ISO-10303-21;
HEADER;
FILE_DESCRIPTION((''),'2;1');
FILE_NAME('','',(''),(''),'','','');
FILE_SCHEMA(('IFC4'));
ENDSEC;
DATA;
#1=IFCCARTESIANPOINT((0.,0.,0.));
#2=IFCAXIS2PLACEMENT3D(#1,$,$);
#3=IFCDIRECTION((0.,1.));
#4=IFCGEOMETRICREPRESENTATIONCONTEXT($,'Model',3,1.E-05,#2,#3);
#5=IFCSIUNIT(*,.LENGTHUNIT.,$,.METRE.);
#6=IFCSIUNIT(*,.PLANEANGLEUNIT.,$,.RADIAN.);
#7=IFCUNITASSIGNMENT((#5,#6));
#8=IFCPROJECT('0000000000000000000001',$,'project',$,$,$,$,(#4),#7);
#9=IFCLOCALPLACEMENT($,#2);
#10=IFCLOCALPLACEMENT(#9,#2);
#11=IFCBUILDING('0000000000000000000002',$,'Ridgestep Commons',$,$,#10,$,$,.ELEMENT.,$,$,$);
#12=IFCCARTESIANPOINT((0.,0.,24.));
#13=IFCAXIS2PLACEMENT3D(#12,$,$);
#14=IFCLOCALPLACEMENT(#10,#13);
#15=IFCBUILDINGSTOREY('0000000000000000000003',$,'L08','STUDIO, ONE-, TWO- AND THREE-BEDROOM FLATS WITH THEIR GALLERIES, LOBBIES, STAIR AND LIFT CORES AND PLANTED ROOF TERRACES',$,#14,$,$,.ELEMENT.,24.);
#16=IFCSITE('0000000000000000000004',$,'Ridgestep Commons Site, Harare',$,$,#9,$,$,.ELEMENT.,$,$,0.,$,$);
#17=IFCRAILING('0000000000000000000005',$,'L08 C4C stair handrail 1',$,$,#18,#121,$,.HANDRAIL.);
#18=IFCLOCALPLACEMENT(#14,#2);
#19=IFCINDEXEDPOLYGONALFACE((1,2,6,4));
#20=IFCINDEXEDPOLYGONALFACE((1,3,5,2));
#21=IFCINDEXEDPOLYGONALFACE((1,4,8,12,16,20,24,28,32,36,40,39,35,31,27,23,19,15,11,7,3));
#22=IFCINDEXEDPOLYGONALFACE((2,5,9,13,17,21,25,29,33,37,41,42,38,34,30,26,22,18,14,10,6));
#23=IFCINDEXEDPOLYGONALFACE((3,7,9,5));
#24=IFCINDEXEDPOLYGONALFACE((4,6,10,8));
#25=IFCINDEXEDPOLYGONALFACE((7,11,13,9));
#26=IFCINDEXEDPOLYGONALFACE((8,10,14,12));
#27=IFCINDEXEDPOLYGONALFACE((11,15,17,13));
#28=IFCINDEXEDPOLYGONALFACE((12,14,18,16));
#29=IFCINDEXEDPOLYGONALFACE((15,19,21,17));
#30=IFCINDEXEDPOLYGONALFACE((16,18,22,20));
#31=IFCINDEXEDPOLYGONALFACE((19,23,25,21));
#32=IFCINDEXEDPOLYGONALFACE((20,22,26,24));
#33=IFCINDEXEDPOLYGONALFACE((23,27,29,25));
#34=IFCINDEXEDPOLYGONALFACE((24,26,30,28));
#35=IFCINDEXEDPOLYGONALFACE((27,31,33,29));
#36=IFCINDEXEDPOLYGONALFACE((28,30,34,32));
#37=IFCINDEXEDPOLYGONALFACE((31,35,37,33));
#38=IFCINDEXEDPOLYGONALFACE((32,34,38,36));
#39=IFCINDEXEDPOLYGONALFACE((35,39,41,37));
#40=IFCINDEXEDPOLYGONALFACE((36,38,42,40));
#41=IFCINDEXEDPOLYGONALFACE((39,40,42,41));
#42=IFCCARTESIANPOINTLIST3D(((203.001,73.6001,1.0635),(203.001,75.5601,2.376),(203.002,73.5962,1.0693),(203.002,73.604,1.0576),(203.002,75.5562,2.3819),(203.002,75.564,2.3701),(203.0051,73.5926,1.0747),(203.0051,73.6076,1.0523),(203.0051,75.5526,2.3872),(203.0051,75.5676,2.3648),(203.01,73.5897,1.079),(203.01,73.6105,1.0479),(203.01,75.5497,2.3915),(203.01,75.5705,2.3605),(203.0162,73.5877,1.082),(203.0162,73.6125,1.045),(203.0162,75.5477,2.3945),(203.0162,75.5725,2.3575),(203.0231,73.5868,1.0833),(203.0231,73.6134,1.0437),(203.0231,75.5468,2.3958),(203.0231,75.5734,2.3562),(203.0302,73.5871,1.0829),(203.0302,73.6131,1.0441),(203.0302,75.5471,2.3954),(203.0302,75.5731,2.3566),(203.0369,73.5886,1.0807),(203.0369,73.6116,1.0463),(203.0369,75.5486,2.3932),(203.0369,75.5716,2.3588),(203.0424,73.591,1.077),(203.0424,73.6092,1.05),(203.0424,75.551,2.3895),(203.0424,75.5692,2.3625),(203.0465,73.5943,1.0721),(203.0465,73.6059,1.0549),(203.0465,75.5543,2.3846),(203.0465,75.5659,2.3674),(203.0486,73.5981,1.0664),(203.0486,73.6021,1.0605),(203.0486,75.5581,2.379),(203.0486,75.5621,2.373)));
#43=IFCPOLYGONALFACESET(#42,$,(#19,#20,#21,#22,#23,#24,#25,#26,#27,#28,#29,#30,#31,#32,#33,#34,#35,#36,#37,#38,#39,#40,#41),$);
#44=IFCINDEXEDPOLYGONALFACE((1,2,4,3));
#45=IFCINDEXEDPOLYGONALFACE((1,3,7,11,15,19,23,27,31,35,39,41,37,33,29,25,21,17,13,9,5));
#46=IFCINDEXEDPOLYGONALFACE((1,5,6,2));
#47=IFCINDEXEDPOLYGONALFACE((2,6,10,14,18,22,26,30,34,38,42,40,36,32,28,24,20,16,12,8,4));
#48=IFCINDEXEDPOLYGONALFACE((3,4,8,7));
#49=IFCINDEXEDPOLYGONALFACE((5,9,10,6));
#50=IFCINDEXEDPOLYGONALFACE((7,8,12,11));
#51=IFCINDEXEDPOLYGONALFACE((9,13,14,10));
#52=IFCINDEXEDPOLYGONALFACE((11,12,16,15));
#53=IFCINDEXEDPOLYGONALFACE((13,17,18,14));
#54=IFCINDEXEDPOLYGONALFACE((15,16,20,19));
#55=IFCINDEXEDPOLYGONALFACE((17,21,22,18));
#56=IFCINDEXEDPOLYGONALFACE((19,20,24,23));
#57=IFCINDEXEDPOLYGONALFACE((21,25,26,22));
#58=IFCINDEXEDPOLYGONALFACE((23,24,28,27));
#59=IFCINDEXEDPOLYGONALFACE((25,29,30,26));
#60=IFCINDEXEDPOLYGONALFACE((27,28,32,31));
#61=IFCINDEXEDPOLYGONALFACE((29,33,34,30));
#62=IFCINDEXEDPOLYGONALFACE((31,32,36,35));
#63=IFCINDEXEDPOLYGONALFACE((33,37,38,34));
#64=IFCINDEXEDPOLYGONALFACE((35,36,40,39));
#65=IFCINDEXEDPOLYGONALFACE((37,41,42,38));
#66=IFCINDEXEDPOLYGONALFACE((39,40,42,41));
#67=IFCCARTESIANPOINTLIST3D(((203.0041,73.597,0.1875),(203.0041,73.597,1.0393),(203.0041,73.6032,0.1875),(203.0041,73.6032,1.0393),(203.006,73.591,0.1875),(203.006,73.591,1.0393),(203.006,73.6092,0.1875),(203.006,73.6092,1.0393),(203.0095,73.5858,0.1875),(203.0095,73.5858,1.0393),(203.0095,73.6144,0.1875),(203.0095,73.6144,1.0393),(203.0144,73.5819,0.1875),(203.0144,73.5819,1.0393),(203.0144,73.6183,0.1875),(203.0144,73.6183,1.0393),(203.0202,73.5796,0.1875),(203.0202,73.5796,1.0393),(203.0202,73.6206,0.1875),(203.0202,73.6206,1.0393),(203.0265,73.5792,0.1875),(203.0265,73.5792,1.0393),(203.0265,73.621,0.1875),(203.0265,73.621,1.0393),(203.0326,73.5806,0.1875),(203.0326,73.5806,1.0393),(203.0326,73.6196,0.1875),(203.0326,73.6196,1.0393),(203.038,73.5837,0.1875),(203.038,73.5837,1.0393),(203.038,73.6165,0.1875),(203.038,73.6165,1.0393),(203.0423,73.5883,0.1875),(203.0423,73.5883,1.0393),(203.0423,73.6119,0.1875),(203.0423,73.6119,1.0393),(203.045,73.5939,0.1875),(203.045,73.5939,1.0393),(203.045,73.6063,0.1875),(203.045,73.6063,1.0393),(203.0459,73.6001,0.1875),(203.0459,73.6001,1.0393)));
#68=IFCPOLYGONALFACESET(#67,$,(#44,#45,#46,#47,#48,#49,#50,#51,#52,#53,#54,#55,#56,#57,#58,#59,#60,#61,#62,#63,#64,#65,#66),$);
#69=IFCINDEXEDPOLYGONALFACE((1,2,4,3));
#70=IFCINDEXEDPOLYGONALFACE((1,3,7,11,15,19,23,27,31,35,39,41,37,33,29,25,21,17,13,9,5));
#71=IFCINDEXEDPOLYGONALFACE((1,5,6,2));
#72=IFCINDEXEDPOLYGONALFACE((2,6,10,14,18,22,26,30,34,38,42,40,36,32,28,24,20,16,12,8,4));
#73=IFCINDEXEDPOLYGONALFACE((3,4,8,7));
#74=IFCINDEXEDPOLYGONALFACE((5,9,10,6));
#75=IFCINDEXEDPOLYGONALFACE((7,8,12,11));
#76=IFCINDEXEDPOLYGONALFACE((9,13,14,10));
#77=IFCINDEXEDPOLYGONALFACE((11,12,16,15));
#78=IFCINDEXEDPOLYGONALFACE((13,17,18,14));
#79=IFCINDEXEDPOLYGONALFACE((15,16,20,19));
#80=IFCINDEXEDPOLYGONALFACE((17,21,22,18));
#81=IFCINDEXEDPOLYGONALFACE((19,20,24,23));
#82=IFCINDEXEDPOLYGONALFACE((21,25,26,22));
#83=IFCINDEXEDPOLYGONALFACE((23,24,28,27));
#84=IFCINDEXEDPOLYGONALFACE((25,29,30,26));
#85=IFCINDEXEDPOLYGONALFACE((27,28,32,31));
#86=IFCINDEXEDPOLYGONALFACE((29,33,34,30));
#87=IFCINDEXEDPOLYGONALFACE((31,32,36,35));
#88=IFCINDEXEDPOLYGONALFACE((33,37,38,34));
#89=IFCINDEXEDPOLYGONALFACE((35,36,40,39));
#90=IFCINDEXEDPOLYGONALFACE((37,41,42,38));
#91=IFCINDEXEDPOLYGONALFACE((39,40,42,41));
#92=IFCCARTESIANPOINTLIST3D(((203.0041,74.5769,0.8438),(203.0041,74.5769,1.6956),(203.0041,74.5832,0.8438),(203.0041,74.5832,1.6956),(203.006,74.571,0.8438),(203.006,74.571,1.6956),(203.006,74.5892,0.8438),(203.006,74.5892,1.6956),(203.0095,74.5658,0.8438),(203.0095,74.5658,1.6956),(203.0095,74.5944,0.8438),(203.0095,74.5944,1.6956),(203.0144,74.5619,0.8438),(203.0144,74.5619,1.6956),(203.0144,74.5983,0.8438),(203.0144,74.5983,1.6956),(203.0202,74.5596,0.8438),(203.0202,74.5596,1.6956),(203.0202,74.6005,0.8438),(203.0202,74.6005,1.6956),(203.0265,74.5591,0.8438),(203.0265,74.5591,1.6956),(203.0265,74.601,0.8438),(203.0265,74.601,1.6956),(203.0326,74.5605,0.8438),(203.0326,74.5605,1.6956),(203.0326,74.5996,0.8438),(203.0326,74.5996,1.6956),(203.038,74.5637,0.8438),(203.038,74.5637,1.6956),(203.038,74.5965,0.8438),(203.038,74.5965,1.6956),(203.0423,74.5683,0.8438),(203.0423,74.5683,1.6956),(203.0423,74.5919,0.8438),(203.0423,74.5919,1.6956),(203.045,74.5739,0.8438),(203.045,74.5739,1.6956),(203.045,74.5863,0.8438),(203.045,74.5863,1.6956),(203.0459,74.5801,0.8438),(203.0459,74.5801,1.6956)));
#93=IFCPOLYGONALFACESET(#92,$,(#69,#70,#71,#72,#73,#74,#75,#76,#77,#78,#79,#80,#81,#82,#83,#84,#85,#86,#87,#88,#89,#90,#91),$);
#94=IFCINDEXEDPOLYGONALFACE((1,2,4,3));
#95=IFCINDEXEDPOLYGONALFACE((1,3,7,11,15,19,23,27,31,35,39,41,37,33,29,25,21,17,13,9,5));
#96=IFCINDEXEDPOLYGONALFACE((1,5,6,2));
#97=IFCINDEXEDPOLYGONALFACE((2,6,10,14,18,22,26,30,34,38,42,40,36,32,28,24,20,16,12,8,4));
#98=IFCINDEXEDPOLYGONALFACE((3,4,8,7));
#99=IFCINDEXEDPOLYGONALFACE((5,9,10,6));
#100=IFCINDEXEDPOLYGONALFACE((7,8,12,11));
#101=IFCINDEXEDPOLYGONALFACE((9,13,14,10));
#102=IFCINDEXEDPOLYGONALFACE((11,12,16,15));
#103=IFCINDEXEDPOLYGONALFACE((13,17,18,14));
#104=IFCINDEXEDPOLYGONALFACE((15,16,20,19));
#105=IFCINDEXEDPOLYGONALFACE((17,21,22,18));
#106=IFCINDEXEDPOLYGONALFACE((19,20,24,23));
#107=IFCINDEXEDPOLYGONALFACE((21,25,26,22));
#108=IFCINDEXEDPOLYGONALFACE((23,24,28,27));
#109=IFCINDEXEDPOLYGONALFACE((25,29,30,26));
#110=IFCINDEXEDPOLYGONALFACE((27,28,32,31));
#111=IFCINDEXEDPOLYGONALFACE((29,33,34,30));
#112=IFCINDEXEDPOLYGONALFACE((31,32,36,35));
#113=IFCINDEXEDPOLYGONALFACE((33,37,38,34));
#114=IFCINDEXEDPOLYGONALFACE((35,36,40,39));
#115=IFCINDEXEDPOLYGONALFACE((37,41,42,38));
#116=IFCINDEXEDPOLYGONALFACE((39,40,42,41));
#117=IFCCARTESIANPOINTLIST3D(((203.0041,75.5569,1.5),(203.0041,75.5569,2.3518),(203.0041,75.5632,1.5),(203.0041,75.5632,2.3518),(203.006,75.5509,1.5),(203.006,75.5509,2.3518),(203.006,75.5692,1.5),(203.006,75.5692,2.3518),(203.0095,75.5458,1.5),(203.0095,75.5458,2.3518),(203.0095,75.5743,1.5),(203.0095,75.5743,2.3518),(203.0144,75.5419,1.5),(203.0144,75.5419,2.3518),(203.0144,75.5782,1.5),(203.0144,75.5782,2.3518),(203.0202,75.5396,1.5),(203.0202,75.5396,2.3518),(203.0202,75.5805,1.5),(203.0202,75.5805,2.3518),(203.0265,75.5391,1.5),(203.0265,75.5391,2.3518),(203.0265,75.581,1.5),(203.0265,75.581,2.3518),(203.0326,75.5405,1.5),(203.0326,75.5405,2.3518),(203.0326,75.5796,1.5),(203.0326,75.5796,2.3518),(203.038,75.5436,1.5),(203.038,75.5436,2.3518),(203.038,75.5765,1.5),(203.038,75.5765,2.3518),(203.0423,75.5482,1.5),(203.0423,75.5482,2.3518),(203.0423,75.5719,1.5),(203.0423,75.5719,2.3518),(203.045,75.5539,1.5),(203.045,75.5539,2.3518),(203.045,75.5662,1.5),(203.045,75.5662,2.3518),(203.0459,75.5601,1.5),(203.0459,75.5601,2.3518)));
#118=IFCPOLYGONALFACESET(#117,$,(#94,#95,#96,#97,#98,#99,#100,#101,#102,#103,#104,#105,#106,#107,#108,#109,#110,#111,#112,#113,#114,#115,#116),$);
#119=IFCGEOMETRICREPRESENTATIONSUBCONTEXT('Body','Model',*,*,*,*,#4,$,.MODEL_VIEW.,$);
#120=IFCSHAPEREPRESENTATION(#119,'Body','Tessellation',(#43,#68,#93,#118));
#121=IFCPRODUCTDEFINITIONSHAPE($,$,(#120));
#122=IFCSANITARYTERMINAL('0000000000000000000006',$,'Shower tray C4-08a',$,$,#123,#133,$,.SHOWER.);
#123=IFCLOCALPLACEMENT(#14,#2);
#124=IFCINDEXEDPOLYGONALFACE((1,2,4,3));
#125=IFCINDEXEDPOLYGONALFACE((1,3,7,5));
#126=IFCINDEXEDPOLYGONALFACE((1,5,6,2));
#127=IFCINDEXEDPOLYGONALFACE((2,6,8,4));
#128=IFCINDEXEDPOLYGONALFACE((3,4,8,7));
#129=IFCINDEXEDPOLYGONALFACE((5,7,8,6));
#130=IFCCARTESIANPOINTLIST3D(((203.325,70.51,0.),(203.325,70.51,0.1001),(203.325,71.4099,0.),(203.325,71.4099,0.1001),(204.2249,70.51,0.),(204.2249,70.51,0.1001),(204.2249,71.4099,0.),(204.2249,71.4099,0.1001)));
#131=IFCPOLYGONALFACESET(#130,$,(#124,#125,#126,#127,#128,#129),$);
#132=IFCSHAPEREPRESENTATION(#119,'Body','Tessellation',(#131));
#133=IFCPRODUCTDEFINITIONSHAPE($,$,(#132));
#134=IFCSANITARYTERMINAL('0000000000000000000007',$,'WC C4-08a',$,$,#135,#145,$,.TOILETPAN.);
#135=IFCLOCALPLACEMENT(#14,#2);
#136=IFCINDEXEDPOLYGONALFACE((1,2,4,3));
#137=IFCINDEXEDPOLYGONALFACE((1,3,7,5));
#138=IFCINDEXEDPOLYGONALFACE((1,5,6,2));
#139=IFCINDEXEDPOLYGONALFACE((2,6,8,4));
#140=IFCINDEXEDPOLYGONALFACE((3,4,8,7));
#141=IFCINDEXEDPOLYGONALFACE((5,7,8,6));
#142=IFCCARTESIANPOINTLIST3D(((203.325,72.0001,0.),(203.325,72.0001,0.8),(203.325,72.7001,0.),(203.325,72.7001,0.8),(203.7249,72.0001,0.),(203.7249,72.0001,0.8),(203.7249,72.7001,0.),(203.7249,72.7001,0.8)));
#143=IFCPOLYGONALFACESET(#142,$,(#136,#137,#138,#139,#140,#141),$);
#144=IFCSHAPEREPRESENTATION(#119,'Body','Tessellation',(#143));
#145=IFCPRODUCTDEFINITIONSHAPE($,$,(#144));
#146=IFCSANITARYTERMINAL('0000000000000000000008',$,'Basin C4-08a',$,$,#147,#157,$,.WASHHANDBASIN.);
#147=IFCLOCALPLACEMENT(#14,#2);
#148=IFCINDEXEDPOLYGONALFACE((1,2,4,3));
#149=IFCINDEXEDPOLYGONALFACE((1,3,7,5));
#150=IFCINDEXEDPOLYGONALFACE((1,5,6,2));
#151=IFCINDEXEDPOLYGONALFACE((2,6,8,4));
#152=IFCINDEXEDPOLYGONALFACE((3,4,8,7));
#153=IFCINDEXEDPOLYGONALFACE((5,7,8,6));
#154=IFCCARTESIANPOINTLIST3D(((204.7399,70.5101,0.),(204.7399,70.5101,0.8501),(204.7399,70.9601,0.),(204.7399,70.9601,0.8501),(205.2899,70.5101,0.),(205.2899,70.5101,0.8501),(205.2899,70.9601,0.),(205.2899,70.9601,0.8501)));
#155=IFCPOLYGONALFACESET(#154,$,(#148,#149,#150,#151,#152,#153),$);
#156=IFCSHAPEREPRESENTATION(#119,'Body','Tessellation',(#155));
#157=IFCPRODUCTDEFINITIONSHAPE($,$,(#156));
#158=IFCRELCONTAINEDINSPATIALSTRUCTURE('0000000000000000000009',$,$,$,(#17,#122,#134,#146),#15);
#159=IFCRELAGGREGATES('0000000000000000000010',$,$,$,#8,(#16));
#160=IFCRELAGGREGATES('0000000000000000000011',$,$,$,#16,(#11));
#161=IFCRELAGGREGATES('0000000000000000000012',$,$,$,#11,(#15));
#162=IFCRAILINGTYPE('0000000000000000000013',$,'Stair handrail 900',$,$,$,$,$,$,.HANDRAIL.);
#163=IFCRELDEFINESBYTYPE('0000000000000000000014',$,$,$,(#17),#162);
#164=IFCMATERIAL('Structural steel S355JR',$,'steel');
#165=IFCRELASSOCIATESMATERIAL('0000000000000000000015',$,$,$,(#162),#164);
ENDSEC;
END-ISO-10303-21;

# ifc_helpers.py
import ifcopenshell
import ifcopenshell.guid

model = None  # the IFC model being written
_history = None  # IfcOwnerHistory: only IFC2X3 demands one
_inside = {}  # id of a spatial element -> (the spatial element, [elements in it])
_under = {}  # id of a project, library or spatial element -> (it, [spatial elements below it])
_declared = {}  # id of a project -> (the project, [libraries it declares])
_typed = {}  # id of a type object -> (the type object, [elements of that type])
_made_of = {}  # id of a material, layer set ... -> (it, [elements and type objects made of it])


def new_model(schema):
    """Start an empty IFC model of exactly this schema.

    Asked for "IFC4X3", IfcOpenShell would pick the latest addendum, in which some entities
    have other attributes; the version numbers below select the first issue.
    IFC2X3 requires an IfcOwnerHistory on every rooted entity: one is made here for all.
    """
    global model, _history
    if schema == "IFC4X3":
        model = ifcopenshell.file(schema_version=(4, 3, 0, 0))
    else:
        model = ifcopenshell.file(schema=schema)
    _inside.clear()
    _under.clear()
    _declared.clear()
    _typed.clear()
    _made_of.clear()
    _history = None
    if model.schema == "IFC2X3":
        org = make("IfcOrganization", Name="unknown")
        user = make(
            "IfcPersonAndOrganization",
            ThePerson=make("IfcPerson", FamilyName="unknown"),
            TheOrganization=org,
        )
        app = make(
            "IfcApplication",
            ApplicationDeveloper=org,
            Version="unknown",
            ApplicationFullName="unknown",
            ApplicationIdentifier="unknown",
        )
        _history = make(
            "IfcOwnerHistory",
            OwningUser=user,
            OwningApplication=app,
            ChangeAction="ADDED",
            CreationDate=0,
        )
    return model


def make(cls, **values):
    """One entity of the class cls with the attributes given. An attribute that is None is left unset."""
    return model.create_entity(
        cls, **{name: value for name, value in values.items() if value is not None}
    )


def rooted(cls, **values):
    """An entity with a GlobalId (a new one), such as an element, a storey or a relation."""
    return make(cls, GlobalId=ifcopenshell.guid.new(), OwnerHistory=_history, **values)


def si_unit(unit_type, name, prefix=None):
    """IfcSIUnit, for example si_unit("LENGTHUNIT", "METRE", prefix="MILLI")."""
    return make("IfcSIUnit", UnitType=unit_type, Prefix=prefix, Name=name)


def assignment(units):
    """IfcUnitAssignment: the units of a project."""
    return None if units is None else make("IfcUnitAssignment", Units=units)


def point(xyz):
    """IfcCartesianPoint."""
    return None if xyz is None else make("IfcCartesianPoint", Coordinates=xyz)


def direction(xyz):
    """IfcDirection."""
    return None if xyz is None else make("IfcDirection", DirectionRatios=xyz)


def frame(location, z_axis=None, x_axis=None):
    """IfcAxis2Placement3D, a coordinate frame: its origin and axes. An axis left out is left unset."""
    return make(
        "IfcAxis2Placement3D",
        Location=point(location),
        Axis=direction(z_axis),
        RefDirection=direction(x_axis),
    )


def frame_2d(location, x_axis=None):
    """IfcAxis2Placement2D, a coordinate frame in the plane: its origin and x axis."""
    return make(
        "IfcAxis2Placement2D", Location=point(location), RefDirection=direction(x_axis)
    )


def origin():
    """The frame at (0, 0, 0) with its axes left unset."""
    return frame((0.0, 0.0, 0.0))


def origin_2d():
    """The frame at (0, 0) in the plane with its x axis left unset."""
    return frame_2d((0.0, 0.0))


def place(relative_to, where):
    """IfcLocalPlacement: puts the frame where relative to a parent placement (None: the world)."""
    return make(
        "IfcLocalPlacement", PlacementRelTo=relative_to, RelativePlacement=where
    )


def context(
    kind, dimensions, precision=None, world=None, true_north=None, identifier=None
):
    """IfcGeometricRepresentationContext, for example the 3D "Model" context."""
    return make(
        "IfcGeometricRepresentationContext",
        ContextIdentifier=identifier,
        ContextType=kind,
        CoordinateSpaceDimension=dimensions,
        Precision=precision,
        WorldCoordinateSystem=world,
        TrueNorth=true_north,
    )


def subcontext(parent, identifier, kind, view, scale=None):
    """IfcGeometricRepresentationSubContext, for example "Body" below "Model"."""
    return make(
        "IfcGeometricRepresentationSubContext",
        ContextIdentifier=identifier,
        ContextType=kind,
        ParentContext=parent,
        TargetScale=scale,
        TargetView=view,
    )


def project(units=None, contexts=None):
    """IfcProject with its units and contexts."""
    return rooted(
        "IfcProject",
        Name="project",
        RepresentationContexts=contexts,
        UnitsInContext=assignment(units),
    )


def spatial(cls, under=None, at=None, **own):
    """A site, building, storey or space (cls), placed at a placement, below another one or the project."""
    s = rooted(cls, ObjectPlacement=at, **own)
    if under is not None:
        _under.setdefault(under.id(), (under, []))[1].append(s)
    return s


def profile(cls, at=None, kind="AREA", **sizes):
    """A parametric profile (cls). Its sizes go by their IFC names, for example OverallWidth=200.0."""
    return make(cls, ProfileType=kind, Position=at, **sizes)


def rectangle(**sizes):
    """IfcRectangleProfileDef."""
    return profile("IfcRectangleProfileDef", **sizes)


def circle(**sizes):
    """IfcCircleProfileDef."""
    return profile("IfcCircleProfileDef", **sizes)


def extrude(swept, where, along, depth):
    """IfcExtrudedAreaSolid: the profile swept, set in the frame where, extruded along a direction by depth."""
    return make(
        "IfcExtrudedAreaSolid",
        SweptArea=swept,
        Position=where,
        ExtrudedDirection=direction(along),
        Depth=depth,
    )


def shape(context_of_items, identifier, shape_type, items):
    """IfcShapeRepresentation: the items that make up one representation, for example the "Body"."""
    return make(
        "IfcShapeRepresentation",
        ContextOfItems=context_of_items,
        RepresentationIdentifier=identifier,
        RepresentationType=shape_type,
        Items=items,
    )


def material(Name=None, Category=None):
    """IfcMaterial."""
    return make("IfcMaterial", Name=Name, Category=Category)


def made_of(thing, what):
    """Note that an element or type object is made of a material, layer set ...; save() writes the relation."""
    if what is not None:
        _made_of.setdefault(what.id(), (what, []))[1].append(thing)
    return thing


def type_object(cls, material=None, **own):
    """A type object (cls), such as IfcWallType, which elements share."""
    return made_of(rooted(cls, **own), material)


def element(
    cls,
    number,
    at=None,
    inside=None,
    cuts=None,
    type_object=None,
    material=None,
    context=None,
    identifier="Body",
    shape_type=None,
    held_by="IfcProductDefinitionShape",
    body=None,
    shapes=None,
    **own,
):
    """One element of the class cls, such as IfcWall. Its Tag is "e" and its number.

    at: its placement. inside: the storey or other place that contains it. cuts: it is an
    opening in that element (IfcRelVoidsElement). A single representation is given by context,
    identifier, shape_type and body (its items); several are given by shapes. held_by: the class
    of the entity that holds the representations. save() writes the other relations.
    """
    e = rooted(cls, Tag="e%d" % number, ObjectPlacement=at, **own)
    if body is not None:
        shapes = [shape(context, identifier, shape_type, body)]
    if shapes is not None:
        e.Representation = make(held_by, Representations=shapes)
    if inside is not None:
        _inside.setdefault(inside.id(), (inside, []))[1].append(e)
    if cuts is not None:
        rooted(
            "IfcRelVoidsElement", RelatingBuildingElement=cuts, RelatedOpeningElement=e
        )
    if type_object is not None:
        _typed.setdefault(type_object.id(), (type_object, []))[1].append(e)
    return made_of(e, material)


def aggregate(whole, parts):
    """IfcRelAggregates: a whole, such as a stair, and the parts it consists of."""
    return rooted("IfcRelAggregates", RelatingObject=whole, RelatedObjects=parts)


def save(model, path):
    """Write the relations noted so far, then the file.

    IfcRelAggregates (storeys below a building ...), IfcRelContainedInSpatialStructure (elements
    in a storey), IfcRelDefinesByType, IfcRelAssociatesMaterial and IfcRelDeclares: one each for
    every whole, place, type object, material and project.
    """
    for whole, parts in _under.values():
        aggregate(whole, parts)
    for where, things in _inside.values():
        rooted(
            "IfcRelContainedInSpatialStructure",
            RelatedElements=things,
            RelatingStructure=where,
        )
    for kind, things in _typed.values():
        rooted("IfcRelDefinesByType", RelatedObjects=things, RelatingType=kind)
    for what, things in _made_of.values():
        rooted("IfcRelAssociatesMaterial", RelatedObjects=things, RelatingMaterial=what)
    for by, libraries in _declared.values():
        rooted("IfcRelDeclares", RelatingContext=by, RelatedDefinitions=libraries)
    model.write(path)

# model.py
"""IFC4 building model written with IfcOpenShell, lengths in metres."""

from ifc_helpers import new_model, si_unit, direction, frame, origin, origin_2d, place, context, subcontext, project, spatial, rectangle, circle, extrude, material, type_object, element, save


model = new_model("IFC4")

# Units and contexts
model_context = context("Model", 3, precision=1e-05, world=origin(), true_north=direction((0.0, 1.0)))
body_context = subcontext(model_context, "Body", "Model", "MODEL_VIEW")
ifc_project = project(units=[si_unit("LENGTHUNIT", "METRE"), si_unit("PLANEANGLEUNIT", "RADIAN")], contexts=[model_context])

# Site, building, storey
site_placement = place(None, origin())
site = spatial("IfcSite", under=ifc_project, at=site_placement, Name="Ridgestep Commons Site, Harare", CompositionType="ELEMENT", RefElevation=0.0)
building_placement = place(site_placement, origin())
building = spatial("IfcBuilding", under=site, at=building_placement, Name="Ridgestep Commons", CompositionType="ELEMENT")
storey_placement = place(building_placement, frame((0.0, 0.0, 24.0)))
storey = spatial("IfcBuildingStorey", under=building, at=storey_placement, Name="L08", Description="STUDIO, ONE-, TWO- AND THREE-BEDROOM FLATS WITH THEIR GALLERIES, LOBBIES, STAIR AND LIFT CORES AND PLANTED ROOF TERRACES", CompositionType="ELEMENT", Elevation=24.0)

# Railing
ifc_material_1 = material(Name="Structural steel S355JR", Category="steel")
railing_type_1 = type_object("IfcRailingType", Name="Stair handrail 900", PredefinedType="HANDRAIL", material=ifc_material_1)
railing_1_placement = place(storey_placement, frame((203.0249, 73.6001, 0.1875)))
element("IfcRailing", 1, at=railing_1_placement, inside=storey, type_object=railing_type_1, Name="L08 C4C stair handrail 1", PredefinedType="HANDRAIL", context=body_context, shape_type="SweptSolid", body=[
    extrude(circle(Radius=0.0239, at=origin_2d()), frame((0.0, 0.0, 0.876), z_axis=(0.0, 0.830902, 0.556419), x_axis=(-1.0, 0.0, 0.0)), (0.0, 0.0, 1.0), 2.3589),
    extrude(circle(Radius=0.021, at=origin_2d()), origin(), (0.0, 0.0, 1.0), 0.8518),
    extrude(circle(Radius=0.021, at=origin_2d()), frame((0.0, 0.98, 0.6562)), (0.0, 0.0, 1.0), 0.8518),
    extrude(circle(Radius=0.021, at=origin_2d()), frame((0.0, 1.96, 1.3125)), (0.0, 0.0, 1.0), 0.8518),
])

# Sanitary terminals
sanitary_terminal_1_placement = place(storey_placement, frame((203.7749, 70.96, 0.0), z_axis=(0.0, 0.0, 1.0), x_axis=(1.0, 0.0, 0.0)))
element("IfcSanitaryTerminal", 2, at=sanitary_terminal_1_placement, inside=storey, Name="Shower tray C4-08a", PredefinedType="SHOWER", context=body_context, shape_type="SweptSolid", body=[
    extrude(rectangle(XDim=0.8999, YDim=0.8999, at=origin_2d()), origin(), (0.0, 0.0, 1.0), 0.1001),
])
sanitary_terminal_2_placement = place(storey_placement, frame((203.5249, 72.3501, 0.0), z_axis=(0.0, 0.0, 1.0), x_axis=(1.0, 0.0, 0.0)))
element("IfcSanitaryTerminal", 3, at=sanitary_terminal_2_placement, inside=storey, Name="WC C4-08a", PredefinedType="TOILETPAN", context=body_context, shape_type="SweptSolid", body=[
    extrude(rectangle(XDim=0.3999, YDim=0.7, at=origin_2d()), origin(), (0.0, 0.0, 1.0), 0.8),
])
sanitary_terminal_3_placement = place(storey_placement, frame((205.0149, 70.7351, 0.0), z_axis=(0.0, 0.0, 1.0), x_axis=(1.0, 0.0, 0.0)))
element("IfcSanitaryTerminal", 4, at=sanitary_terminal_3_placement, inside=storey, Name="Basin C4-08a", PredefinedType="WASHHANDBASIN", context=body_context, shape_type="SweptSolid", body=[
    extrude(rectangle(XDim=0.55, YDim=0.45, at=origin_2d()), origin(), (0.0, 0.0, 1.0), 0.8501),
])

save(model, "model.ifc")
